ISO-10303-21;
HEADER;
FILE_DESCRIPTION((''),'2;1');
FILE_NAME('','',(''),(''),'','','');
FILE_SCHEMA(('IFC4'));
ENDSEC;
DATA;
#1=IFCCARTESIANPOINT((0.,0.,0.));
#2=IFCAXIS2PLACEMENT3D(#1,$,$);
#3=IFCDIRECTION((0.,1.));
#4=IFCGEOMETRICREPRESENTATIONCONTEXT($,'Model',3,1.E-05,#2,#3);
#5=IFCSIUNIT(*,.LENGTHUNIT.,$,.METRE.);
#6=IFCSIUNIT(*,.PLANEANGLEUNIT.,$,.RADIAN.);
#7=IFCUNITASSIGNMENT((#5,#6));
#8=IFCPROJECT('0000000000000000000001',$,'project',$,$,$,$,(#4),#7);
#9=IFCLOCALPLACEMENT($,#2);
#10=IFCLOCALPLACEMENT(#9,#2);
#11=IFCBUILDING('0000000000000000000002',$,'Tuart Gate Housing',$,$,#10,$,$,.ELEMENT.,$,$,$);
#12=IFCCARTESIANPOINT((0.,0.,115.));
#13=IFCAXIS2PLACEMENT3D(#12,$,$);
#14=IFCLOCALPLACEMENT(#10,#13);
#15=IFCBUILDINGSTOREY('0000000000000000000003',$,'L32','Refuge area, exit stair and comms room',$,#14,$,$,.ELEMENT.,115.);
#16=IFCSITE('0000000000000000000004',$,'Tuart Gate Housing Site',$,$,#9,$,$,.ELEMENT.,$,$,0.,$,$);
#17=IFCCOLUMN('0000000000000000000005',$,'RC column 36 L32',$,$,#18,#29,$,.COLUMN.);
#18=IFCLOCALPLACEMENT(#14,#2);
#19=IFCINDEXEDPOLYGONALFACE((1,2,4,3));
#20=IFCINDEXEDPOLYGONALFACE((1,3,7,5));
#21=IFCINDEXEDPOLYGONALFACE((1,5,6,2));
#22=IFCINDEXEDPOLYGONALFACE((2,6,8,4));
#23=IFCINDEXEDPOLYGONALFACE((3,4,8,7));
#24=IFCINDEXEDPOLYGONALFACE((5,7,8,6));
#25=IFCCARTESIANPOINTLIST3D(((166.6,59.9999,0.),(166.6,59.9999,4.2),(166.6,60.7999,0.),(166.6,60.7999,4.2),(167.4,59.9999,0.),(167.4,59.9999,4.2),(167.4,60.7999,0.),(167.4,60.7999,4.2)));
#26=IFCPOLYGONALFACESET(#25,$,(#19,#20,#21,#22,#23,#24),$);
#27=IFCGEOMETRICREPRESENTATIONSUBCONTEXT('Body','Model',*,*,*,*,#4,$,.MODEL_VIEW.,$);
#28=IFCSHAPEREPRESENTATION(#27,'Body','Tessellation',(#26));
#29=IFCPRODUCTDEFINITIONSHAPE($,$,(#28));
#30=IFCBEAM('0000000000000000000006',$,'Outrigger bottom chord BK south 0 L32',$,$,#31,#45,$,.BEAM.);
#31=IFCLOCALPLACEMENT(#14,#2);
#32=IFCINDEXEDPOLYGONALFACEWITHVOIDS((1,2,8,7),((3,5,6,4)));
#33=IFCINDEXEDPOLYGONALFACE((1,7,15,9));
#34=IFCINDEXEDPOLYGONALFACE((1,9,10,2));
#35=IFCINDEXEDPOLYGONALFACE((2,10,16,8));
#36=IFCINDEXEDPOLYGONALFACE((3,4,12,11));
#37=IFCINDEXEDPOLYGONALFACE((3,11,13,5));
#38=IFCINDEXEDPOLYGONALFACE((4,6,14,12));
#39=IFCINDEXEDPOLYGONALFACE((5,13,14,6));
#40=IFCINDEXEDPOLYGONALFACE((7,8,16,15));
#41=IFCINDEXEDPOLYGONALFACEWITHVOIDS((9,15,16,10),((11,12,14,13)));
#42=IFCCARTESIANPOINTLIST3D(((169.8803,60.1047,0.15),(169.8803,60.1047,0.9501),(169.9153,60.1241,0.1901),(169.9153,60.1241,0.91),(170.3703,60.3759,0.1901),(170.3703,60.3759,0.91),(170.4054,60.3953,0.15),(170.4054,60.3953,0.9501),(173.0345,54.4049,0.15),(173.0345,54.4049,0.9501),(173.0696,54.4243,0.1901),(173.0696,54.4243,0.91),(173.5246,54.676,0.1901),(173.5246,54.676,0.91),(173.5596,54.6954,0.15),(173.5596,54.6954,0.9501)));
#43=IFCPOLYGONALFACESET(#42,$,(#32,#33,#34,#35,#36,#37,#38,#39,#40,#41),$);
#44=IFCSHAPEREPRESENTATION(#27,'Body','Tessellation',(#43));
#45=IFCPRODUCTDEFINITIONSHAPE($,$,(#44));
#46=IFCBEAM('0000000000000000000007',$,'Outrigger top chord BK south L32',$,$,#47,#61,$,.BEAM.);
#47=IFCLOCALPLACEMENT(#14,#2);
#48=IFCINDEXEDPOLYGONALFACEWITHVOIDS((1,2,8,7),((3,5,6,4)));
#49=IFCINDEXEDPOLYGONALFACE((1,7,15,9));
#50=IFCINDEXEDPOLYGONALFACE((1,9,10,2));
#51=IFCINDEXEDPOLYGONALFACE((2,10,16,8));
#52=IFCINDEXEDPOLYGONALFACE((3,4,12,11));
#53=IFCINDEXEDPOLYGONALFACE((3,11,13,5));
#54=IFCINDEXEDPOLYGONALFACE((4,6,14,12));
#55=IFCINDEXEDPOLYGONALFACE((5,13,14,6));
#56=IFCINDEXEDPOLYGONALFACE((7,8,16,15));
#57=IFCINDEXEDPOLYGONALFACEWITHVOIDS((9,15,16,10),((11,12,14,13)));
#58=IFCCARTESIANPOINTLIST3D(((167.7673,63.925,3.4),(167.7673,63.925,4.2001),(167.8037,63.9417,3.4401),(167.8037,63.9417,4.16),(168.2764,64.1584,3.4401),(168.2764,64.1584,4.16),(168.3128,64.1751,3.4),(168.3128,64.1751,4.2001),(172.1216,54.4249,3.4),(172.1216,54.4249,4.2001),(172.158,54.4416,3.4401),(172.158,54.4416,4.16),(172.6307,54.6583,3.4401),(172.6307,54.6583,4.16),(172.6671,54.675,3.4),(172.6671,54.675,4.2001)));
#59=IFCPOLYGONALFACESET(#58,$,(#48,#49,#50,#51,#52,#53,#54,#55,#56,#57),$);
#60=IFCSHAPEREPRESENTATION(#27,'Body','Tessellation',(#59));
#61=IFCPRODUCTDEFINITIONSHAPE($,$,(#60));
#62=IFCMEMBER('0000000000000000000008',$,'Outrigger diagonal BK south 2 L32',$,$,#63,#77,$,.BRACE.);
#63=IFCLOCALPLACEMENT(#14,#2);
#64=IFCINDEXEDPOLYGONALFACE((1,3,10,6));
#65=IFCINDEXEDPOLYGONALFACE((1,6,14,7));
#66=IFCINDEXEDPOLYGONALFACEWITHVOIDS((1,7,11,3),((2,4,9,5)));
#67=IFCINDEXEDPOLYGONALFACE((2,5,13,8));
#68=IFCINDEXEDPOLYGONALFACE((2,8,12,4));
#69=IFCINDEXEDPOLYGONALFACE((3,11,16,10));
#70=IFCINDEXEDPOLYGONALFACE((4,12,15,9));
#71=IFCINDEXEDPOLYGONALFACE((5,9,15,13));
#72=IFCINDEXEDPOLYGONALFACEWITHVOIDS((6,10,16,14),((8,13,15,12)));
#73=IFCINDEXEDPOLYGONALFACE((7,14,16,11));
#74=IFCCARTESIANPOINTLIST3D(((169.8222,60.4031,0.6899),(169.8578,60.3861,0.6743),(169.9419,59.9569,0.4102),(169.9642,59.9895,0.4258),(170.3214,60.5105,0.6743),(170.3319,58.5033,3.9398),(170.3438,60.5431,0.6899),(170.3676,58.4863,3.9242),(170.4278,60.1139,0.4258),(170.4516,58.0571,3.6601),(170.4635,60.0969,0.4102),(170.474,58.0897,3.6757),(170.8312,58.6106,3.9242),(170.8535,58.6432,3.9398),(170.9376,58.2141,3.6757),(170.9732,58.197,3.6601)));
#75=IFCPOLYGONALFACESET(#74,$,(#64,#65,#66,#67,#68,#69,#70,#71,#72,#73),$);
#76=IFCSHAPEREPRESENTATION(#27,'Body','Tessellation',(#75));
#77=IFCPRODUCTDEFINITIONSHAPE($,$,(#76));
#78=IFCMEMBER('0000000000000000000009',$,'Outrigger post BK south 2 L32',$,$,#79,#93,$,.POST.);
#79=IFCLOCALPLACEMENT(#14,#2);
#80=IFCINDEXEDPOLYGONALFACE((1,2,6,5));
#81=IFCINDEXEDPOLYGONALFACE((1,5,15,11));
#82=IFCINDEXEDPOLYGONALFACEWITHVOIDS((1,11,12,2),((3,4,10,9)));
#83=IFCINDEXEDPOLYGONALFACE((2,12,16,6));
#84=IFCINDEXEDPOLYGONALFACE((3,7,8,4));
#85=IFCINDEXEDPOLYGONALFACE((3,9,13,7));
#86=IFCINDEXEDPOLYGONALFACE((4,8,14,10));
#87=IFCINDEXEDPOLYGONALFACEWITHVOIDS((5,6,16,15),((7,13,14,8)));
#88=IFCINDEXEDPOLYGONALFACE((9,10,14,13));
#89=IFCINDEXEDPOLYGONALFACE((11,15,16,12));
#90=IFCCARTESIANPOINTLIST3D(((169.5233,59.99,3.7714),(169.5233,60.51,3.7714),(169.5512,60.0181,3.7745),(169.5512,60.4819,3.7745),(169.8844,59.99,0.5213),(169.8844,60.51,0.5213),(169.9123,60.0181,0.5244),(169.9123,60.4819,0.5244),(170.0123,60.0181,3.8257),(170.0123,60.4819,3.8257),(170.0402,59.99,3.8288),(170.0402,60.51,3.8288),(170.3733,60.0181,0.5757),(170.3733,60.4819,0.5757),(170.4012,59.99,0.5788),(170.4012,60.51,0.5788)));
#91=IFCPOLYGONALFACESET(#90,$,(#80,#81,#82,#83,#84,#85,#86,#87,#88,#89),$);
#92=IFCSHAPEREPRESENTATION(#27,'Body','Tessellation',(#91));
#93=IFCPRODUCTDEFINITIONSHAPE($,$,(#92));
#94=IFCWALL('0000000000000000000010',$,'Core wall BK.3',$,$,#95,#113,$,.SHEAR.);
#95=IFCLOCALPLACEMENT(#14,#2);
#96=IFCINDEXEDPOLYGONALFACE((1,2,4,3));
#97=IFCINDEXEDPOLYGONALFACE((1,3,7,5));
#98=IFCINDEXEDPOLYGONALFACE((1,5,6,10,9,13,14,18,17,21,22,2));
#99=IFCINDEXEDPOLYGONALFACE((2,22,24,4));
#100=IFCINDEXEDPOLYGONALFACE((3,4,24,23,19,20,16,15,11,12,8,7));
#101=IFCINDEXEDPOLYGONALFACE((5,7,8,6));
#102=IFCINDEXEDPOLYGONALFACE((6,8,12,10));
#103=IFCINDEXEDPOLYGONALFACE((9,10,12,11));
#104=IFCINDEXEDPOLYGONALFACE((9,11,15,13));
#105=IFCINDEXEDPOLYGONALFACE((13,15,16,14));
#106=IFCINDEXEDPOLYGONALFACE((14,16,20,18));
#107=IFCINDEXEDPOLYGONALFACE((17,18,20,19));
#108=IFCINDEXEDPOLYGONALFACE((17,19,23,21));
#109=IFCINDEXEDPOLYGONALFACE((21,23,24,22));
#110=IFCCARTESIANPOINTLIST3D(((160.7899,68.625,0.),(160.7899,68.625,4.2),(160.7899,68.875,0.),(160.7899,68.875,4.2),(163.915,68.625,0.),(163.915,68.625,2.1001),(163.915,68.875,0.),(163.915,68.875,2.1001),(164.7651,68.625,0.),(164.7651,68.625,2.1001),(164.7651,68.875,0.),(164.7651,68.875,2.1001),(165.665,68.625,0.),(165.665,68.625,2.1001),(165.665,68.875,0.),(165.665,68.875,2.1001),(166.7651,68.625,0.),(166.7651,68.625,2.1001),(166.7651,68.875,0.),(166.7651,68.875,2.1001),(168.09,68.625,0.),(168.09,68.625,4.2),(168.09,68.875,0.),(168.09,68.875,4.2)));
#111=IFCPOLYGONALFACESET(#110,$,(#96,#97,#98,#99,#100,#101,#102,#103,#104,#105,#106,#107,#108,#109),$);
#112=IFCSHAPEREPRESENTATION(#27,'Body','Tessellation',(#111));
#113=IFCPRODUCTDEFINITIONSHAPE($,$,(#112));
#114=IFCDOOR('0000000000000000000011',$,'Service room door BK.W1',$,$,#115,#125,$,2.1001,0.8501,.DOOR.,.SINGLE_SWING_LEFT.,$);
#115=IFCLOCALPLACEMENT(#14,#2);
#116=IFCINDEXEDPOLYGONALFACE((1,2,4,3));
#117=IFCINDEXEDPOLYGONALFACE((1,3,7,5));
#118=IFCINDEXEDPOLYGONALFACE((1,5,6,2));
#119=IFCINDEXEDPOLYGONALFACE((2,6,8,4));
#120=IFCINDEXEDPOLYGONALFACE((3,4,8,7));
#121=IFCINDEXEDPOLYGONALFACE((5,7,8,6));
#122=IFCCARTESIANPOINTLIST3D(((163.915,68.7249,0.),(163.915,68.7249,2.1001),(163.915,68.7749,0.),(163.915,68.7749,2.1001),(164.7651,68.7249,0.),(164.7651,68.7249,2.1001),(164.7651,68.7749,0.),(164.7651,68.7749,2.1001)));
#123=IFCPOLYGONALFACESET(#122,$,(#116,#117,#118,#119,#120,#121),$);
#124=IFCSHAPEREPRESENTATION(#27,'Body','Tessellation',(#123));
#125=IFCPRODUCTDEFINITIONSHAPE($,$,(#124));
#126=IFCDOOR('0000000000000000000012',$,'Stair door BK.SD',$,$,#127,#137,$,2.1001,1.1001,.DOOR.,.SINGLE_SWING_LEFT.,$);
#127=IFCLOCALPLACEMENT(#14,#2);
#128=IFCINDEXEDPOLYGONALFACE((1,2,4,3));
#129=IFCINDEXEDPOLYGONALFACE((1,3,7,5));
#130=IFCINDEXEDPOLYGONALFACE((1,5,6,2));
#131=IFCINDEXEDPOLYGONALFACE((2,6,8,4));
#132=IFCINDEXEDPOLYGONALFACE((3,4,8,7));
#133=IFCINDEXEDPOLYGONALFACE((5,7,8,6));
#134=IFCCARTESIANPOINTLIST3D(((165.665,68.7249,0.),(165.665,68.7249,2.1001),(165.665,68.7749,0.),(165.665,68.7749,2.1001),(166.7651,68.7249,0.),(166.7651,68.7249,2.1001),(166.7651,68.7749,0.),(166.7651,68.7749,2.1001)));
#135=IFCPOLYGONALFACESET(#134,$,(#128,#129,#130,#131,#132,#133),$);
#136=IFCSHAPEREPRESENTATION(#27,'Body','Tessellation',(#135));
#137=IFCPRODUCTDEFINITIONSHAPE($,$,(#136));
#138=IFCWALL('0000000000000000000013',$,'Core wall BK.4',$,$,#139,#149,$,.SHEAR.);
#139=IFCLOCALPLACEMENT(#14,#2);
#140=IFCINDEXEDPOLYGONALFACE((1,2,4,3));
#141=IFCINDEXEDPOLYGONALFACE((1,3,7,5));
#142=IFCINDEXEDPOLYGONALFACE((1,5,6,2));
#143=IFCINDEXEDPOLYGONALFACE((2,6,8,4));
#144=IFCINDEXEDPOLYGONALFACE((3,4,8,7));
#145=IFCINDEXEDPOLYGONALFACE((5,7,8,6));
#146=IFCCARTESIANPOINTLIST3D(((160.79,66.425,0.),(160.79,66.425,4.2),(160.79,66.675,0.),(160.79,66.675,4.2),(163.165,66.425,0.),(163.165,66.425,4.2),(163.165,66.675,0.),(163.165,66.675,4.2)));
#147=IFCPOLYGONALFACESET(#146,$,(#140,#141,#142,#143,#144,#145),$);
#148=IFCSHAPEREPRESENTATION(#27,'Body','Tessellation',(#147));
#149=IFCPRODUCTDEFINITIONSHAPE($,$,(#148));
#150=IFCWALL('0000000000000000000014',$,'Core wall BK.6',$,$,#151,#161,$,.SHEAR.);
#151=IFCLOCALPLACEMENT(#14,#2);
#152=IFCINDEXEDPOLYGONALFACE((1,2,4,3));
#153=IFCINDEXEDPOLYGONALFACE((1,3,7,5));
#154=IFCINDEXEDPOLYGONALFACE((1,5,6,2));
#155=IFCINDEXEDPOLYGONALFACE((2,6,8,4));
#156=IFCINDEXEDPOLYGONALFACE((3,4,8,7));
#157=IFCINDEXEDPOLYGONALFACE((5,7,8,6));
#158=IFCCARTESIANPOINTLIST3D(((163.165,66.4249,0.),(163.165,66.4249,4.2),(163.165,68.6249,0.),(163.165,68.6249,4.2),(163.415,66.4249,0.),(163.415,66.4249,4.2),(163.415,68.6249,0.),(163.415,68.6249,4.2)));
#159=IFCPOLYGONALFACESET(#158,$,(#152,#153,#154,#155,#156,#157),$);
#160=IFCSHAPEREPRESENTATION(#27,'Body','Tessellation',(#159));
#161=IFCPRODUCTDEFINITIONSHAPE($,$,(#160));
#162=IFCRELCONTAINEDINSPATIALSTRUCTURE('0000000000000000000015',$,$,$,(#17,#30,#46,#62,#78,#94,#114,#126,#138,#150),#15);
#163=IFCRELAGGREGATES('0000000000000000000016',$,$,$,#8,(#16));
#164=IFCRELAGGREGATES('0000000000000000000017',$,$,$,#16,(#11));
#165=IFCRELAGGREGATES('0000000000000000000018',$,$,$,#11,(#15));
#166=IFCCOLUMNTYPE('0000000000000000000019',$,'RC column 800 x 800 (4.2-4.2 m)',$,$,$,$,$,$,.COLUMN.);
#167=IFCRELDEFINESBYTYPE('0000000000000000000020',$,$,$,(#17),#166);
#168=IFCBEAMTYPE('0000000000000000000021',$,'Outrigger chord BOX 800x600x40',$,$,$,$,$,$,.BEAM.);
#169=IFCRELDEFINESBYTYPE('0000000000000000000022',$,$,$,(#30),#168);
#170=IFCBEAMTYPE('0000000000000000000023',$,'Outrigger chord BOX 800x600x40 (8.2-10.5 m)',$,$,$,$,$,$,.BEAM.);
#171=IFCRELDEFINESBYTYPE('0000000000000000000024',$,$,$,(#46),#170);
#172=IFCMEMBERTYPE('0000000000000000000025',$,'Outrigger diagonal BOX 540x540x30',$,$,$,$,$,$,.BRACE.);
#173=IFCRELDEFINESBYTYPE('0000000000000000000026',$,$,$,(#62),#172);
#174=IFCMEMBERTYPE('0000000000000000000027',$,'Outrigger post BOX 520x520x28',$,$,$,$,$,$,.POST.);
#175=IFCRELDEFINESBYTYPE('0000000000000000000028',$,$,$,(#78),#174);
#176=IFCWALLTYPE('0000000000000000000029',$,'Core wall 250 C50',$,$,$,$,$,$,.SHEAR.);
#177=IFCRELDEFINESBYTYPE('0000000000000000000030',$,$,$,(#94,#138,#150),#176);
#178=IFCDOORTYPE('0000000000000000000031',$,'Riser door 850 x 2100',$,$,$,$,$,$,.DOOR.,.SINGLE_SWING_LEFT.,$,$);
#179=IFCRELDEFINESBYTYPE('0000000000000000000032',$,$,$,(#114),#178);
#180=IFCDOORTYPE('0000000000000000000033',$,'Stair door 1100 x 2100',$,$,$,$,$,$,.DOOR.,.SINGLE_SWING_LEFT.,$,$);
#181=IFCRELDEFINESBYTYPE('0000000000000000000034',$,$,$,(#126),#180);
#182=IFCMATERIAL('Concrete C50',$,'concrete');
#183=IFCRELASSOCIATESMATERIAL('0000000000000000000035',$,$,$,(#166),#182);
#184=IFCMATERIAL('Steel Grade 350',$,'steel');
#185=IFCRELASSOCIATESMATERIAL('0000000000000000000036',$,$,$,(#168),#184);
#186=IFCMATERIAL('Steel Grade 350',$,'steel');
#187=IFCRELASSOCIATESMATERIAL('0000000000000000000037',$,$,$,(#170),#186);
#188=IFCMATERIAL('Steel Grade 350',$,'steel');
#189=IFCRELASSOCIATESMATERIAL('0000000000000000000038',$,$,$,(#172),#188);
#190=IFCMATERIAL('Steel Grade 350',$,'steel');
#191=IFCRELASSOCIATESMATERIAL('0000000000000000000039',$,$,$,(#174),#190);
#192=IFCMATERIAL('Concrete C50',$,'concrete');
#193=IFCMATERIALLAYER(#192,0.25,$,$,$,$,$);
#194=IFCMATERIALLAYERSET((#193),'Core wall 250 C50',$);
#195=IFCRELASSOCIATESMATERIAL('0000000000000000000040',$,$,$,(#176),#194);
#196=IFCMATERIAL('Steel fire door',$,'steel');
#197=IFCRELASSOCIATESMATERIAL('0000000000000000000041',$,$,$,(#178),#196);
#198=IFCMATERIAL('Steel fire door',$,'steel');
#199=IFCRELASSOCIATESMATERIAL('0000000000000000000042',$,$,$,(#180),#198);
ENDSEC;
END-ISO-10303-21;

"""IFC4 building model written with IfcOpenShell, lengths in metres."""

from ifc_helpers import new_model, si_unit, direction, frame, frame_2d, origin, origin_2d, place, context, subcontext, project, spatial, rectangle, hollow_rectangle, extrude, material, layer, layer_set, material_profile, profile_set, type_object, element, fill, save


model = new_model("IFC4")

# Units and contexts
model_context = context("Model", 3, precision=1e-05, world=origin(), true_north=direction((0.0, 1.0)))
body_context = subcontext(model_context, "Body", "Model", "MODEL_VIEW")
ifc_project = project(units=[si_unit("LENGTHUNIT", "METRE"), si_unit("PLANEANGLEUNIT", "RADIAN")], contexts=[model_context])

# Site, building, storey
site_placement = place(None, origin())
site = spatial("IfcSite", under=ifc_project, at=site_placement, Name="Tuart Gate Housing Site", CompositionType="ELEMENT", RefElevation=0.0)
building_placement = place(site_placement, origin())
building = spatial("IfcBuilding", under=site, at=building_placement, Name="Tuart Gate Housing", CompositionType="ELEMENT")
storey_placement = place(building_placement, frame((0.0, 0.0, 115.0)))
storey = spatial("IfcBuildingStorey", under=building, at=storey_placement, Name="L32", Description="Refuge area, exit stair and comms room", CompositionType="ELEMENT", Elevation=115.0)

# Column
ifc_material_1 = material(Name="Concrete C50", Category="concrete")
ifc_material_profile_1 = material_profile(ifc_material_1, rectangle(XDim=0.8, YDim=0.8, at=origin_2d()), Name="RC column 800 x 800 (4.2-4.2 m)")
ifc_profile_set_1 = profile_set([ifc_material_profile_1], Name="Concrete C50")
column_type = type_object("IfcColumnType", Name="RC column 800 x 800 (4.2-4.2 m)", PredefinedType="COLUMN", material=ifc_profile_set_1)
column_placement = place(storey_placement, frame((167.0, 60.3999, 0.0), z_axis=(0.0, 0.0, 1.0), x_axis=(1.0, 0.0, 0.0)))
element("IfcColumn", 1, at=column_placement, inside=storey, type_object=column_type, Name="RC column 36 L32", PredefinedType="COLUMN", context=body_context, shape_type="SweptSolid", body=[
    extrude(rectangle(XDim=0.8, YDim=0.8, at=origin_2d()), origin(), (0.0, 0.0, 1.0), 4.2),
])

# Beams
ifc_material_2 = material(Name="Steel Grade 350", Category="steel")
ifc_material_profile_2 = material_profile(ifc_material_2, hollow_rectangle(XDim=0.6001, YDim=0.8, WallThickness=0.04, at=origin_2d()), Name="BOX 800x600x40")
ifc_profile_set_2 = profile_set([ifc_material_profile_2], Name="Steel Grade 350")
beam_type_1 = type_object("IfcBeamType", Name="Outrigger chord BOX 800x600x40", PredefinedType="BEAM", material=ifc_profile_set_2)
beam_1_placement = place(storey_placement, frame((170.1428, 60.25, 0.55), z_axis=(0.484194, -0.87496, 0.0), x_axis=(0.87496, 0.484194, 0.0)))
element("IfcBeam", 2, at=beam_1_placement, inside=storey, type_object=beam_type_1, Name="Outrigger bottom chord BK south 0 L32", PredefinedType="BEAM", context=body_context, shape_type="SweptSolid", body=[
    extrude(hollow_rectangle(XDim=0.6001, YDim=0.8, WallThickness=0.04, at=origin_2d()), origin(), (0.0, 0.0, 1.0), 6.5144),
])
ifc_material_3 = material(Name="Steel Grade 350", Category="steel")
ifc_material_profile_3 = material_profile(ifc_material_3, hollow_rectangle(XDim=0.6001, YDim=0.8, WallThickness=0.04, at=origin_2d()), Name="BOX 800x600x40")
ifc_profile_set_3 = profile_set([ifc_material_profile_3], Name="Steel Grade 350")
beam_type_2 = type_object("IfcBeamType", Name="Outrigger chord BOX 800x600x40 (8.2-10.5 m)", PredefinedType="BEAM", material=ifc_profile_set_3)
beam_2_placement = place(storey_placement, frame((168.04, 64.05, 3.8), z_axis=(0.416661, -0.909062, 0.0), x_axis=(0.909062, 0.416661, 0.0)))
element("IfcBeam", 3, at=beam_2_placement, inside=storey, type_object=beam_type_2, Name="Outrigger top chord BK south L32", PredefinedType="BEAM", context=body_context, shape_type="SweptSolid", body=[
    extrude(hollow_rectangle(XDim=0.6001, YDim=0.8, WallThickness=0.04, at=origin_2d()), origin(), (0.0, 0.0, 1.0), 10.4504),
])

# Members
ifc_material_4 = material(Name="Steel Grade 350", Category="steel")
ifc_material_profile_4 = material_profile(ifc_material_4, hollow_rectangle(XDim=0.54, YDim=0.54, WallThickness=0.03, at=origin_2d()), Name="BOX 540x540x30")
ifc_profile_set_4 = profile_set([ifc_material_profile_4], Name="Steel Grade 350")
member_type_1 = type_object("IfcMemberType", Name="Outrigger diagonal BOX 540x540x30", PredefinedType="BRACE", material=ifc_profile_set_4)
member_1_placement = place(storey_placement, frame((170.1428, 60.25, 0.55), z_axis=(0.134186, -0.500113, 0.8555), x_axis=(0.965838, 0.259146, 0.0)))
element("IfcMember", 4, at=member_1_placement, inside=storey, type_object=member_type_1, Name="Outrigger diagonal BK south 2 L32", PredefinedType="BRACE", context=body_context, shape_type="SweptSolid", body=[
    extrude(hollow_rectangle(XDim=0.54, YDim=0.54, WallThickness=0.03, at=origin_2d()), origin(), (0.0, 0.0, 1.0), 3.7988),
])
ifc_material_5 = material(Name="Steel Grade 350", Category="steel")
ifc_material_profile_5 = material_profile(ifc_material_5, hollow_rectangle(XDim=0.52, YDim=0.52, WallThickness=0.0281, at=origin_2d()), Name="BOX 520x520x28")
ifc_profile_set_5 = profile_set([ifc_material_profile_5], Name="Steel Grade 350")
member_type_2 = type_object("IfcMemberType", Name="Outrigger post BOX 520x520x28", PredefinedType="POST", material=ifc_profile_set_5)
member_2_placement = place(storey_placement, frame((170.1428, 60.25, 0.55), z_axis=(-0.110423, 0.0, 0.993885), x_axis=(0.0, -1.0, 0.0)))
element("IfcMember", 5, at=member_2_placement, inside=storey, type_object=member_type_2, Name="Outrigger post BK south 2 L32", PredefinedType="POST", context=body_context, shape_type="SweptSolid", body=[
    extrude(hollow_rectangle(XDim=0.52, YDim=0.52, WallThickness=0.0281, at=origin_2d()), origin(), (0.0, 0.0, 1.0), 3.27),
])

# Wall, openings, doors
ifc_material_6 = material(Name="Concrete C50", Category="concrete")
ifc_layer_1 = layer(ifc_material_6, 0.25)
ifc_layer_set_1 = layer_set([ifc_layer_1], Name="Core wall 250 C50")
wall_type_1 = type_object("IfcWallType", Name="Core wall 250 C50", PredefinedType="SHEAR", material=ifc_layer_set_1)
wall_1_placement = place(storey_placement, frame((160.79, 68.75, 0.0), z_axis=(0.0, 0.0, 1.0), x_axis=(1.0, 0.0, 0.0)))
wall_1 = element("IfcWall", 6, at=wall_1_placement, inside=storey, type_object=wall_type_1, Name="Core wall BK.3", PredefinedType="SHEAR", context=body_context, shape_type="SweptSolid", body=[
    extrude(rectangle(XDim=7.3, YDim=0.25, at=frame_2d((3.6499, 0.0))), origin(), (0.0, 0.0, 1.0), 4.2),
])
opening_1_placement = place(wall_1_placement, frame((4.875, 0.0, 0.0)))
opening_1 = element("IfcOpeningElement", 7, at=opening_1_placement, cuts=wall_1, PredefinedType="OPENING", context=body_context, shape_type="SweptSolid", body=[
    extrude(rectangle(XDim=1.1001, YDim=2.1001, at=frame_2d((0.55, 1.05))), frame((0.0, 0.135, 0.0), z_axis=(0.0, -1.0, 0.0), x_axis=(1.0, 0.0, 0.0)), (0.0, 0.0, 1.0), 0.27),
])
opening_2_placement = place(wall_1_placement, frame((3.125, 0.0, 0.0)))
opening_2 = element("IfcOpeningElement", 8, at=opening_2_placement, cuts=wall_1, PredefinedType="OPENING", context=body_context, shape_type="SweptSolid", body=[
    extrude(rectangle(XDim=0.8501, YDim=2.1001, at=frame_2d((0.425, 1.05))), frame((0.0, 0.135, 0.0), z_axis=(0.0, -1.0, 0.0), x_axis=(1.0, 0.0, 0.0)), (0.0, 0.0, 1.0), 0.27),
])
ifc_material_7 = material(Name="Steel fire door", Category="steel")
door_type_1 = type_object("IfcDoorType", Name="Riser door 850 x 2100", OperationType="SINGLE_SWING_LEFT", PredefinedType="DOOR", material=ifc_material_7)
door_1_placement = place(opening_2_placement, origin())
door_1 = element("IfcDoor", 9, at=door_1_placement, inside=storey, type_object=door_type_1, Name="Service room door BK.W1", OperationType="SINGLE_SWING_LEFT", OverallHeight=2.1001, OverallWidth=0.8501, PredefinedType="DOOR", context=body_context, shape_type="SweptSolid", body=[
    extrude(rectangle(XDim=0.8501, YDim=2.1001, at=frame_2d((0.425, 1.05))), frame((0.0, 0.0249, 0.0), z_axis=(0.0, -1.0, 0.0), x_axis=(1.0, 0.0, 0.0)), (0.0, 0.0, 1.0), 0.05),
])
fill(opening_2, door_1)
ifc_material_8 = material(Name="Steel fire door", Category="steel")
door_type_2 = type_object("IfcDoorType", Name="Stair door 1100 x 2100", OperationType="SINGLE_SWING_LEFT", PredefinedType="DOOR", material=ifc_material_8)
door_2_placement = place(opening_1_placement, origin())
door_2 = element("IfcDoor", 10, at=door_2_placement, inside=storey, type_object=door_type_2, Name="Stair door BK.SD", OperationType="SINGLE_SWING_LEFT", OverallHeight=2.1001, OverallWidth=1.1001, PredefinedType="DOOR", context=body_context, shape_type="SweptSolid", body=[
    extrude(rectangle(XDim=1.1001, YDim=2.1001, at=frame_2d((0.55, 1.05))), frame((0.0, 0.0249, 0.0), z_axis=(0.0, -1.0, 0.0), x_axis=(1.0, 0.0, 0.0)), (0.0, 0.0, 1.0), 0.05),
])
fill(opening_1, door_2)

# Walls
wall_2_placement = place(storey_placement, frame((160.79, 66.55, 0.0), z_axis=(0.0, 0.0, 1.0), x_axis=(1.0, 0.0, 0.0)))
element("IfcWall", 11, at=wall_2_placement, inside=storey, type_object=wall_type_1, Name="Core wall BK.4", PredefinedType="SHEAR", context=body_context, shape_type="SweptSolid", body=[
    extrude(rectangle(XDim=2.375, YDim=0.25, at=frame_2d((1.1875, 0.0))), origin(), (0.0, 0.0, 1.0), 4.2),
])
wall_3_placement = place(storey_placement, frame((163.29, 68.625, 0.0), z_axis=(0.0, 0.0, 1.0), x_axis=(0.0, -1.0, 0.0)))
element("IfcWall", 12, at=wall_3_placement, inside=storey, type_object=wall_type_1, Name="Core wall BK.6", PredefinedType="SHEAR", context=body_context, shape_type="SweptSolid", body=[
    extrude(rectangle(XDim=2.2, YDim=0.25, at=frame_2d((1.1001, 0.0))), origin(), (0.0, 0.0, 1.0), 4.2),
])

save(model, "model.ifc")
